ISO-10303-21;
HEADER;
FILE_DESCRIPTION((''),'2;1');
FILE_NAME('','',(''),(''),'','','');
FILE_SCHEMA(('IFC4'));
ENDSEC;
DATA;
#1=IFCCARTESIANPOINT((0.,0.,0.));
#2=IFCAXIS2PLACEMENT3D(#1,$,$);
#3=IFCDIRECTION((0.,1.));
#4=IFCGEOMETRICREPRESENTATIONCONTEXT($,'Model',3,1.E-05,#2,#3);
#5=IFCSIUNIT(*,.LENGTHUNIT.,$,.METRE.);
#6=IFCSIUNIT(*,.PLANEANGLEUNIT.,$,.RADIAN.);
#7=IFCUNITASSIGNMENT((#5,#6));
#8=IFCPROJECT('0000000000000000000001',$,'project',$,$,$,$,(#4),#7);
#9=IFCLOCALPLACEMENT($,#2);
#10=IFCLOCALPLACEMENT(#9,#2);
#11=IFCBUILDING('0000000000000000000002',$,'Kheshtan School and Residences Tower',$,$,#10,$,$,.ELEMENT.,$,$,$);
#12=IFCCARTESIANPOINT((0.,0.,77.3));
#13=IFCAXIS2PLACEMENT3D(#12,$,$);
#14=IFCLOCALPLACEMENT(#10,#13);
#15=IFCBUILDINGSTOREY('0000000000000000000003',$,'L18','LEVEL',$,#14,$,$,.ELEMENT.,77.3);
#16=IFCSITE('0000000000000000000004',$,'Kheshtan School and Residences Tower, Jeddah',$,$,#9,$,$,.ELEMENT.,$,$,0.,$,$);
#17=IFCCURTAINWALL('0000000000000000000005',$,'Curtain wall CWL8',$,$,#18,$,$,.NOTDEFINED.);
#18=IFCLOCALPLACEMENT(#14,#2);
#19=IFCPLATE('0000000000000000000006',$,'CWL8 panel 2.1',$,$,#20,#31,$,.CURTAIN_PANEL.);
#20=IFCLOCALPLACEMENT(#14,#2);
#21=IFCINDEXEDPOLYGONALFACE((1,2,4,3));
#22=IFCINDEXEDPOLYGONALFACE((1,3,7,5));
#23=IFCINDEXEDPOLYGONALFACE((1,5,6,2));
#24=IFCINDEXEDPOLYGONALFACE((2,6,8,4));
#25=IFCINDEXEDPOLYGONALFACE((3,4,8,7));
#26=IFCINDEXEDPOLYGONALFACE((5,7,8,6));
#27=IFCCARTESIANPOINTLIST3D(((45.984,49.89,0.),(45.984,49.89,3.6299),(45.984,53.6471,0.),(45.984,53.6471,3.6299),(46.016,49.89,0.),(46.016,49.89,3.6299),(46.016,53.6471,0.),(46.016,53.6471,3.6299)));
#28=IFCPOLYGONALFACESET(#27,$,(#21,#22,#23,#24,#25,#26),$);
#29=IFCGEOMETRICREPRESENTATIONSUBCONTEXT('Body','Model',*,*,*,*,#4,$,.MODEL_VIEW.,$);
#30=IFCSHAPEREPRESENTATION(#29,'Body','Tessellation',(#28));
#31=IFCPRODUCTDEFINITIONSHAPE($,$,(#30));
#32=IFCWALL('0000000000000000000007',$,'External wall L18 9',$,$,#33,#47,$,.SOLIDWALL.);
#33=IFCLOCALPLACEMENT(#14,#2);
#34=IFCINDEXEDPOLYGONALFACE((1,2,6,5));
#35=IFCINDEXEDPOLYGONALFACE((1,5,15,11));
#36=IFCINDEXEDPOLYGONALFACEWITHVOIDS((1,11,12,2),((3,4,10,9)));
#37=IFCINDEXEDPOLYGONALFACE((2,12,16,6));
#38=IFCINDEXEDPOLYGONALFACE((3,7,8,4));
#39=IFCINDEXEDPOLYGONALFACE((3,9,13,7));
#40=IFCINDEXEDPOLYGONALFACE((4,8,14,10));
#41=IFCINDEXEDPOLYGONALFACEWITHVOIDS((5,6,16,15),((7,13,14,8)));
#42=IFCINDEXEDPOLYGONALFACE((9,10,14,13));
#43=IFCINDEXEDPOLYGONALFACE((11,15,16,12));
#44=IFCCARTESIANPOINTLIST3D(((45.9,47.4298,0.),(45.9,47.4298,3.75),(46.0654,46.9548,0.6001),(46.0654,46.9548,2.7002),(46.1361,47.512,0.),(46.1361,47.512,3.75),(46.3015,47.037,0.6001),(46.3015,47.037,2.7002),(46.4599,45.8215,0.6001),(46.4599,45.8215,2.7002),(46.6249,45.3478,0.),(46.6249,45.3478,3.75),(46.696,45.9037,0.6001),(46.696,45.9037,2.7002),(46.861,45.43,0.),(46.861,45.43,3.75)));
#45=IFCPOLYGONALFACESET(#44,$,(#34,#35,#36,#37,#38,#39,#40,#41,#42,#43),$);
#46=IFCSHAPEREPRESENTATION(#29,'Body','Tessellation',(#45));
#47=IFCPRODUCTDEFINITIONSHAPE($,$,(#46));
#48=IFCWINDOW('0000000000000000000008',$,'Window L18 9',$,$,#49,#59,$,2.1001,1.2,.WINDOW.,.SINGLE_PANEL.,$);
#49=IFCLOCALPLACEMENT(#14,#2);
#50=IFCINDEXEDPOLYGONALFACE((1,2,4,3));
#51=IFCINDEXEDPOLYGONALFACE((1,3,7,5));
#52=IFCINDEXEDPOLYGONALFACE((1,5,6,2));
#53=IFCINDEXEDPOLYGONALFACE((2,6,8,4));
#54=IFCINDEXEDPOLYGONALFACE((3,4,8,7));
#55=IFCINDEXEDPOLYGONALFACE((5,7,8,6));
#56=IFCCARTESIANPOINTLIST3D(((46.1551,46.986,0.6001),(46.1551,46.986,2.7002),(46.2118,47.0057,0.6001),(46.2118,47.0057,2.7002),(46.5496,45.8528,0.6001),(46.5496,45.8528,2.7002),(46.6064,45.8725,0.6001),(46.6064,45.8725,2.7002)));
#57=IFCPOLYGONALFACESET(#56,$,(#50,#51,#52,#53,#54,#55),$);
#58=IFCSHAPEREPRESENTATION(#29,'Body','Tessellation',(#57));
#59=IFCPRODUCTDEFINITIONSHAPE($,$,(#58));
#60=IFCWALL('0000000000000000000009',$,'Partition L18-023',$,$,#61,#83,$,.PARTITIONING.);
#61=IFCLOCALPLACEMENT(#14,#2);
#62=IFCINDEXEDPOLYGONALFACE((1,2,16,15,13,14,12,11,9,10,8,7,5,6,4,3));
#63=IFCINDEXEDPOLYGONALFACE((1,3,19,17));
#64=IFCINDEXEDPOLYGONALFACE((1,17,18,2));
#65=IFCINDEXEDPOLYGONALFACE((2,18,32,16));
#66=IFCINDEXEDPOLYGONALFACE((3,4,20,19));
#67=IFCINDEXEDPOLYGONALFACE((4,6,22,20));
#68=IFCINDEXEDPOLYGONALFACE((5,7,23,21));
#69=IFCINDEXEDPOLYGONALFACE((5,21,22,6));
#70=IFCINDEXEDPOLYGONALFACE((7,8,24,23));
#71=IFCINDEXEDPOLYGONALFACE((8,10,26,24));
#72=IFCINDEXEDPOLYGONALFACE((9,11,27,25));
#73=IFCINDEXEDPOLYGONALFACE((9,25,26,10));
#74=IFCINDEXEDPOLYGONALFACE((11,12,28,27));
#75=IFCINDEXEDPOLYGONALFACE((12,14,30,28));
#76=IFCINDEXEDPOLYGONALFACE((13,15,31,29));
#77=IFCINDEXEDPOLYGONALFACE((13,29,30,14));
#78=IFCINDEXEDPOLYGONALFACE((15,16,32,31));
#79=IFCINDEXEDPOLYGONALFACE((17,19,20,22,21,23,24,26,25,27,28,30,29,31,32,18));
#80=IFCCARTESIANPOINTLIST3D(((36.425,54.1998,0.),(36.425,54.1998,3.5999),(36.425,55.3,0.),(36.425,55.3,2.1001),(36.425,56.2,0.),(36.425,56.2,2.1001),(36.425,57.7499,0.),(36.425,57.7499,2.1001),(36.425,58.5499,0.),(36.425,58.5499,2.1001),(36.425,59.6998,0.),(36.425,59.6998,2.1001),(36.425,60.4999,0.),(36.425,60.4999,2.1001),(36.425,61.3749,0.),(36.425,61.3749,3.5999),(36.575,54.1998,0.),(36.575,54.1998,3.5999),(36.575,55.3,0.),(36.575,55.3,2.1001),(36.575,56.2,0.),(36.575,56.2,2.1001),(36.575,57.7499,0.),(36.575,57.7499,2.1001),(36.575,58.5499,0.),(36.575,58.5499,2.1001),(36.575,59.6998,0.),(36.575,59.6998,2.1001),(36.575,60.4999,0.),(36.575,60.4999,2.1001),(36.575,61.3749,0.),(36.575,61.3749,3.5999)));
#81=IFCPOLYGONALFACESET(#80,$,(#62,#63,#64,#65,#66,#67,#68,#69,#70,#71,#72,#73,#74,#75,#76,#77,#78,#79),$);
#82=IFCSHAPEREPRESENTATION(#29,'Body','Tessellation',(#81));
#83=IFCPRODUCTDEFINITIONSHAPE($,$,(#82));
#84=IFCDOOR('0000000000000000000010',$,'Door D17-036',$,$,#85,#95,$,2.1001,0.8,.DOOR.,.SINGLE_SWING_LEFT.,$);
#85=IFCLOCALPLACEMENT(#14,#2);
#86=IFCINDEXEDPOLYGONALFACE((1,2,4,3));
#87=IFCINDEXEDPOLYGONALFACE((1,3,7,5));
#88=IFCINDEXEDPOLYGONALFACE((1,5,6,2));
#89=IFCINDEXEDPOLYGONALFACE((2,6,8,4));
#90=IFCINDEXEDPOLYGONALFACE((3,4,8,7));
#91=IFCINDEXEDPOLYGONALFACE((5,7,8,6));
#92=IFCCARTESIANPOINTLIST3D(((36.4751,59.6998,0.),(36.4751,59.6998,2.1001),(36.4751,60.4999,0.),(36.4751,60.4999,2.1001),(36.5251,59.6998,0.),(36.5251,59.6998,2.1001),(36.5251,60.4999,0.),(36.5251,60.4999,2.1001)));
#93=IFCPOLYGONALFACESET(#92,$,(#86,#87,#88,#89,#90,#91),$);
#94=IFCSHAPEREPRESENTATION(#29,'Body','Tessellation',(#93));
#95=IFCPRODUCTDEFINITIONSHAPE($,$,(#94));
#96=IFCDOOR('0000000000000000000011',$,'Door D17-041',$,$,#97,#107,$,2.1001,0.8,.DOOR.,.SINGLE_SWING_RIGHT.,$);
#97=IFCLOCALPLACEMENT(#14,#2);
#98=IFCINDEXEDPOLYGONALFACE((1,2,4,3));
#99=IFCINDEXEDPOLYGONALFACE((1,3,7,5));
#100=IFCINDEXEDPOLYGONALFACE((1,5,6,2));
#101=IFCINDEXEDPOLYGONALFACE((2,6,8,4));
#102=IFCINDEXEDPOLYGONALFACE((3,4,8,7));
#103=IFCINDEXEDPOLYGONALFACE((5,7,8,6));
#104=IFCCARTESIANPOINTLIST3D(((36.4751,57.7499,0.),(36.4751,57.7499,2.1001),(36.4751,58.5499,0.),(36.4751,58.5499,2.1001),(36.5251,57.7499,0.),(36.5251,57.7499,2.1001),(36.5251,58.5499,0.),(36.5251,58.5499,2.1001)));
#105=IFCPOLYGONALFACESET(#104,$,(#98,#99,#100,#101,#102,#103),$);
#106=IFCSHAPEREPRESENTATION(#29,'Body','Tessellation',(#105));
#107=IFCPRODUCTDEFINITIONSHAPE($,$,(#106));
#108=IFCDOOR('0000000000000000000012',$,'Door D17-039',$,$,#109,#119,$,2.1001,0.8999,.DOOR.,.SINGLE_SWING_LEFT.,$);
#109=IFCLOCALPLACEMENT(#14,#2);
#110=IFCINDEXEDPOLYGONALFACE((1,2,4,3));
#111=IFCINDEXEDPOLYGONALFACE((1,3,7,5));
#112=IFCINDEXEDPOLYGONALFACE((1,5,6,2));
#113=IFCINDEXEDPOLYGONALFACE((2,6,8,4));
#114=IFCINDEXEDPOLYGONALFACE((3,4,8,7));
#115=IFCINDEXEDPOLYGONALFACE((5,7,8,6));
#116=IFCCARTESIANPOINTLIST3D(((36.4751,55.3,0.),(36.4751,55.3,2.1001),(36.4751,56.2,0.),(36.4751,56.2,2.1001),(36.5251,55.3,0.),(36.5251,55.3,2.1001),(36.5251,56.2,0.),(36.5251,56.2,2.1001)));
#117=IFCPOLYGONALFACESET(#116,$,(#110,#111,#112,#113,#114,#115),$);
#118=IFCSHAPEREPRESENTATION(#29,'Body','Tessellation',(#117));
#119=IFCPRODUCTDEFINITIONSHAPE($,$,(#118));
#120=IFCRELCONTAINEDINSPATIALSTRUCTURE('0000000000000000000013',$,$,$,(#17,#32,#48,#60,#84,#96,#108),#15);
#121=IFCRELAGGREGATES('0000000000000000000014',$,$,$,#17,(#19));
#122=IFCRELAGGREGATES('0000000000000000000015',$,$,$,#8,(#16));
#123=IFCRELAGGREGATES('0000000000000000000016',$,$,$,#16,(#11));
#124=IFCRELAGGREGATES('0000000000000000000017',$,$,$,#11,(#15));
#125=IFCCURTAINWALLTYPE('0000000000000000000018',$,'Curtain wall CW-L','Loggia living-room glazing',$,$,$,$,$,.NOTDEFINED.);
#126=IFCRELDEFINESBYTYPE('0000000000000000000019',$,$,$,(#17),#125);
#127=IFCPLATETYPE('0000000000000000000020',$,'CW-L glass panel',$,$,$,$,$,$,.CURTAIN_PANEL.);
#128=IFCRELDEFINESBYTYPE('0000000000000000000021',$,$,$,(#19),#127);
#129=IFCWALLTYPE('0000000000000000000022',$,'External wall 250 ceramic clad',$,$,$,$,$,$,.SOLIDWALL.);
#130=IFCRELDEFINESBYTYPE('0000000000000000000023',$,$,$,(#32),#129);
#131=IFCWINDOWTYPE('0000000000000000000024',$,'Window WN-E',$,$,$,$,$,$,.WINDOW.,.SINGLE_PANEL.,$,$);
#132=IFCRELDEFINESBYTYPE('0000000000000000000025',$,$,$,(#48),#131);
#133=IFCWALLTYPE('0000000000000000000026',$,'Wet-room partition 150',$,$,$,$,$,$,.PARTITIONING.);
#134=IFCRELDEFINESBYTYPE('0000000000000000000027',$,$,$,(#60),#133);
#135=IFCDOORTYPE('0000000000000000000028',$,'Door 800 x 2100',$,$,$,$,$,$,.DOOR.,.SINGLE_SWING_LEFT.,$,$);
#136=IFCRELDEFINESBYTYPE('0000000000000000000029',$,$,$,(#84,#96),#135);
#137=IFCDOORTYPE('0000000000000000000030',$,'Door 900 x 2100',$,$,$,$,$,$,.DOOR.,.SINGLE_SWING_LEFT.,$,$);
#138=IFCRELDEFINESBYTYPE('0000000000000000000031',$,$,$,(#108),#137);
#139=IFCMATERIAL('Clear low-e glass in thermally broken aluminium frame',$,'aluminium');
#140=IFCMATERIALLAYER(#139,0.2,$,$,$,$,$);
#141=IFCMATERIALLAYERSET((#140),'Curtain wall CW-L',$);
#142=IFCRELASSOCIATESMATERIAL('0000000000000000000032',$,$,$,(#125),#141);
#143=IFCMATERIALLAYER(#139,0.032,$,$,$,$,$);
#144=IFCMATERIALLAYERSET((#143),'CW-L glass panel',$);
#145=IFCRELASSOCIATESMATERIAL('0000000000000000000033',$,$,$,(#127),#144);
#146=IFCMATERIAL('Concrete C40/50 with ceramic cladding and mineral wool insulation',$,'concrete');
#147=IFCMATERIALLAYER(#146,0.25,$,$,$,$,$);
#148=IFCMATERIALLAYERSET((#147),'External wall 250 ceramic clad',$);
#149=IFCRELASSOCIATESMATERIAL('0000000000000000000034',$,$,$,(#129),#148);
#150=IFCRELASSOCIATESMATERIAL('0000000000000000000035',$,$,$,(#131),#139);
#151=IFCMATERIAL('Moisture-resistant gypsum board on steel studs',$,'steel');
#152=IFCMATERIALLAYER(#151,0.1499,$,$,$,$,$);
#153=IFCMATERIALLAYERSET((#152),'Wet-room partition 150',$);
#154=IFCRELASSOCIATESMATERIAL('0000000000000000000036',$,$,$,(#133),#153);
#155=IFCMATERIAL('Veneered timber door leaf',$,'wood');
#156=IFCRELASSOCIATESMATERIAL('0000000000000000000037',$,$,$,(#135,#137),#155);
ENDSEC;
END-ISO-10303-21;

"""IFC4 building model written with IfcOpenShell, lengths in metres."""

from ifc_helpers import new_model, si_unit, direction, frame, frame_2d, origin, origin_2d, place, context, subcontext, project, spatial, rectangle, extrude, source, transform, mapped, material, layer, layer_set, type_object, element, fill, aggregate, save


model = new_model("IFC4")

# Units and contexts
model_context = context("Model", 3, precision=1e-05, world=origin(), true_north=direction((0.0, 1.0)))
body_context = subcontext(model_context, "Body", "Model", "MODEL_VIEW")
ifc_project = project(units=[si_unit("LENGTHUNIT", "METRE"), si_unit("PLANEANGLEUNIT", "RADIAN")], contexts=[model_context])

# Site, building, storey
site_placement = place(None, origin())
site = spatial("IfcSite", under=ifc_project, at=site_placement, Name="Kheshtan School and Residences Tower, Jeddah", CompositionType="ELEMENT", RefElevation=0.0)
building_placement = place(site_placement, origin())
building = spatial("IfcBuilding", under=site, at=building_placement, Name="Kheshtan School and Residences Tower", CompositionType="ELEMENT")
storey_placement = place(building_placement, frame((0.0, 0.0, 77.3)))
storey = spatial("IfcBuildingStorey", under=building, at=storey_placement, Name="L18", Description="LEVEL", CompositionType="ELEMENT", Elevation=77.3)

# Curtain wall, plate
ifc_material_1 = material(Name="Clear low-e glass in thermally broken aluminium frame", Category="aluminium")
ifc_layer_1 = layer(ifc_material_1, 0.2)
ifc_layer_set_1 = layer_set([ifc_layer_1], Name="Curtain wall CW-L")
curtain_wall_type = type_object("IfcCurtainWallType", Name="Curtain wall CW-L", Description="Loggia living-room glazing", PredefinedType="NOTDEFINED", material=ifc_layer_set_1)
curtain_wall_placement = place(storey_placement, origin())
curtain_wall = element("IfcCurtainWall", 1, at=curtain_wall_placement, inside=storey, type_object=curtain_wall_type, Name="Curtain wall CWL8", PredefinedType="NOTDEFINED")
ifc_layer_2 = layer(ifc_material_1, 0.032)
ifc_layer_set_2 = layer_set([ifc_layer_2], Name="CW-L glass panel")
plate_type = type_object("IfcPlateType", Name="CW-L glass panel", PredefinedType="CURTAIN_PANEL", material=ifc_layer_set_2)
plate_1_placement = place(storey_placement, frame((46.0, 51.7686, 0.0), z_axis=(0.0, 0.0, 1.0), x_axis=(0.0, -1.0, 0.0)))
plate_1 = element("IfcPlate", 2, at=plate_1_placement, type_object=plate_type, Name="CWL8 panel 2.1", PredefinedType="CURTAIN_PANEL", context=body_context, shape_type="SweptSolid", body=[
    extrude(rectangle(XDim=3.7571, YDim=0.032, at=origin_2d()), origin(), (0.0, 0.0, 1.0), 3.6299),
])
aggregate(curtain_wall, [plate_1])

# Wall, opening, window
ifc_material_2 = material(Name="Concrete C40/50 with ceramic cladding and mineral wool insulation", Category="concrete")
ifc_layer_3 = layer(ifc_material_2, 0.25)
ifc_layer_set_3 = layer_set([ifc_layer_3], Name="External wall 250 ceramic clad")
wall_type_1 = type_object("IfcWallType", Name="External wall 250 ceramic clad", PredefinedType="SOLIDWALL", material=ifc_layer_set_3)
wall_1_placement = place(storey_placement, frame((46.0181, 47.4709, 0.0), z_axis=(0.0, 0.0, 1.0), x_axis=(0.328791, -0.944403, 0.0)))
wall_1 = element("IfcWall", 3, at=wall_1_placement, inside=storey, type_object=wall_type_1, Name="External wall L18 9", PredefinedType="SOLIDWALL", context=body_context, shape_type="SweptSolid", body=[
    extrude(rectangle(XDim=2.2046, YDim=0.25, at=frame_2d((1.1023, 0.0))), origin(), (0.0, 0.0, 1.0), 3.75),
])
opening_1_placement = place(wall_1_placement, frame((0.5029, 0.0, 0.6001)))
opening_1 = element("IfcOpeningElement", 4, at=opening_1_placement, cuts=wall_1, PredefinedType="OPENING", context=body_context, shape_type="SweptSolid", body=[
    extrude(rectangle(XDim=1.2, YDim=2.1001, at=frame_2d((0.6001, 1.05))), frame((0.0, 0.135, 0.0), z_axis=(0.0, -1.0, 0.0), x_axis=(1.0, 0.0, 0.0)), (0.0, 0.0, 1.0), 0.27),
])
window_type = type_object("IfcWindowType", Name="Window WN-E", PartitioningType="SINGLE_PANEL", PredefinedType="WINDOW", material=ifc_material_1)
shared_shape_1 = source(origin(), body_context, "Body", "SweptSolid", [
    extrude(rectangle(XDim=1.2, YDim=2.1001, at=frame_2d((0.6001, 1.05))), frame((0.0, 0.03, 0.0), z_axis=(0.0, -1.0, 0.0), x_axis=(1.0, 0.0, 0.0)), (0.0, 0.0, 1.0), 0.0601),
])
window_placement = place(opening_1_placement, origin())
window = element("IfcWindow", 5, at=window_placement, inside=storey, type_object=window_type, Name="Window L18 9", OverallHeight=2.1001, OverallWidth=1.2, PartitioningType="SINGLE_PANEL", PredefinedType="WINDOW", context=body_context, shape_type="MappedRepresentation", body=[
    mapped(shared_shape_1, transform((0.0, 0.0, 0.0), x_axis=(1.0, 0.0, 0.0), y_axis=(0.0, 1.0, 0.0), z_axis=(0.0, 0.0, 1.0), scale=1.0)),
])
fill(opening_1, window)

# Wall, openings, doors
ifc_material_3 = material(Name="Moisture-resistant gypsum board on steel studs", Category="steel")
ifc_layer_4 = layer(ifc_material_3, 0.1499)
ifc_layer_set_4 = layer_set([ifc_layer_4], Name="Wet-room partition 150")
wall_type_2 = type_object("IfcWallType", Name="Wet-room partition 150", PredefinedType="PARTITIONING", material=ifc_layer_set_4)
wall_2_placement = place(storey_placement, frame((36.5, 54.2, 0.0), z_axis=(0.0, 0.0, 1.0), x_axis=(0.0, 1.0, 0.0)))
wall_2 = element("IfcWall", 6, at=wall_2_placement, inside=storey, type_object=wall_type_2, Name="Partition L18-023", PredefinedType="PARTITIONING", context=body_context, shape_type="SweptSolid", body=[
    extrude(rectangle(XDim=7.175, YDim=0.1499, at=frame_2d((3.5874, 0.0))), origin(), (0.0, 0.0, 1.0), 3.5999),
])
opening_2_placement = place(wall_2_placement, frame((5.5, 0.0, 0.0)))
opening_2 = element("IfcOpeningElement", 7, at=opening_2_placement, cuts=wall_2, PredefinedType="OPENING", context=body_context, shape_type="SweptSolid", body=[
    extrude(rectangle(XDim=0.8, YDim=2.1001, at=frame_2d((0.3999, 1.05))), frame((0.0, 0.085, 0.0), z_axis=(0.0, -1.0, 0.0), x_axis=(1.0, 0.0, 0.0)), (0.0, 0.0, 1.0), 0.1699),
])
opening_3_placement = place(wall_2_placement, frame((1.1001, 0.0, 0.0)))
opening_3 = element("IfcOpeningElement", 8, at=opening_3_placement, cuts=wall_2, PredefinedType="OPENING", context=body_context, shape_type="SweptSolid", body=[
    extrude(rectangle(XDim=0.8999, YDim=2.1001, at=frame_2d((0.45, 1.05))), frame((0.0, 0.085, 0.0), z_axis=(0.0, -1.0, 0.0), x_axis=(1.0, 0.0, 0.0)), (0.0, 0.0, 1.0), 0.1699),
])
opening_4_placement = place(wall_2_placement, frame((3.55, 0.0, 0.0)))
opening_4 = element("IfcOpeningElement", 9, at=opening_4_placement, cuts=wall_2, PredefinedType="OPENING", context=body_context, shape_type="SweptSolid", body=[
    extrude(rectangle(XDim=0.8, YDim=2.1001, at=frame_2d((0.3999, 1.05))), frame((0.0, 0.085, 0.0), z_axis=(0.0, -1.0, 0.0), x_axis=(1.0, 0.0, 0.0)), (0.0, 0.0, 1.0), 0.1699),
])
ifc_material_4 = material(Name="Veneered timber door leaf", Category="wood")
door_type_1 = type_object("IfcDoorType", Name="Door 800 x 2100", OperationType="SINGLE_SWING_LEFT", PredefinedType="DOOR", material=ifc_material_4)
shared_shape_2 = source(origin(), body_context, "Body", "SweptSolid", [
    extrude(rectangle(XDim=0.8, YDim=2.1001, at=frame_2d((0.3999, 1.05))), frame((0.0, 0.0249, 0.0), z_axis=(0.0, -1.0, 0.0), x_axis=(1.0, 0.0, 0.0)), (0.0, 0.0, 1.0), 0.05),
])
door_1_placement = place(opening_2_placement, origin())
door_1 = element("IfcDoor", 10, at=door_1_placement, inside=storey, type_object=door_type_1, Name="Door D17-036", OperationType="SINGLE_SWING_LEFT", OverallHeight=2.1001, OverallWidth=0.8, PredefinedType="DOOR", context=body_context, shape_type="MappedRepresentation", body=[
    mapped(shared_shape_2, transform((0.0, 0.0, 0.0), x_axis=(1.0, 0.0, 0.0), y_axis=(0.0, 1.0, 0.0), z_axis=(0.0, 0.0, 1.0), scale=1.0)),
])
fill(opening_2, door_1)
door_2_placement = place(opening_4_placement, origin())
door_2 = element("IfcDoor", 11, at=door_2_placement, inside=storey, type_object=door_type_1, Name="Door D17-041", OperationType="SINGLE_SWING_RIGHT", OverallHeight=2.1001, OverallWidth=0.8, PredefinedType="DOOR", context=body_context, shape_type="MappedRepresentation", body=[
    mapped(shared_shape_2, transform((0.0, 0.0, 0.0), x_axis=(1.0, 0.0, 0.0), y_axis=(0.0, 1.0, 0.0), z_axis=(0.0, 0.0, 1.0), scale=1.0)),
])
fill(opening_4, door_2)
door_type_2 = type_object("IfcDoorType", Name="Door 900 x 2100", OperationType="SINGLE_SWING_LEFT", PredefinedType="DOOR", material=ifc_material_4)
shared_shape_3 = source(origin(), body_context, "Body", "SweptSolid", [
    extrude(rectangle(XDim=0.8999, YDim=2.1001, at=frame_2d((0.45, 1.05))), frame((0.0, 0.0249, 0.0), z_axis=(0.0, -1.0, 0.0), x_axis=(1.0, 0.0, 0.0)), (0.0, 0.0, 1.0), 0.05),
])
door_3_placement = place(opening_3_placement, origin())
door_3 = element("IfcDoor", 12, at=door_3_placement, inside=storey, type_object=door_type_2, Name="Door D17-039", OperationType="SINGLE_SWING_LEFT", OverallHeight=2.1001, OverallWidth=0.8999, PredefinedType="DOOR", context=body_context, shape_type="MappedRepresentation", body=[
    mapped(shared_shape_3, transform((0.0, 0.0, 0.0), x_axis=(1.0, 0.0, 0.0), y_axis=(0.0, 1.0, 0.0), z_axis=(0.0, 0.0, 1.0), scale=1.0)),
])
fill(opening_3, door_3)

save(model, "model.ifc")
